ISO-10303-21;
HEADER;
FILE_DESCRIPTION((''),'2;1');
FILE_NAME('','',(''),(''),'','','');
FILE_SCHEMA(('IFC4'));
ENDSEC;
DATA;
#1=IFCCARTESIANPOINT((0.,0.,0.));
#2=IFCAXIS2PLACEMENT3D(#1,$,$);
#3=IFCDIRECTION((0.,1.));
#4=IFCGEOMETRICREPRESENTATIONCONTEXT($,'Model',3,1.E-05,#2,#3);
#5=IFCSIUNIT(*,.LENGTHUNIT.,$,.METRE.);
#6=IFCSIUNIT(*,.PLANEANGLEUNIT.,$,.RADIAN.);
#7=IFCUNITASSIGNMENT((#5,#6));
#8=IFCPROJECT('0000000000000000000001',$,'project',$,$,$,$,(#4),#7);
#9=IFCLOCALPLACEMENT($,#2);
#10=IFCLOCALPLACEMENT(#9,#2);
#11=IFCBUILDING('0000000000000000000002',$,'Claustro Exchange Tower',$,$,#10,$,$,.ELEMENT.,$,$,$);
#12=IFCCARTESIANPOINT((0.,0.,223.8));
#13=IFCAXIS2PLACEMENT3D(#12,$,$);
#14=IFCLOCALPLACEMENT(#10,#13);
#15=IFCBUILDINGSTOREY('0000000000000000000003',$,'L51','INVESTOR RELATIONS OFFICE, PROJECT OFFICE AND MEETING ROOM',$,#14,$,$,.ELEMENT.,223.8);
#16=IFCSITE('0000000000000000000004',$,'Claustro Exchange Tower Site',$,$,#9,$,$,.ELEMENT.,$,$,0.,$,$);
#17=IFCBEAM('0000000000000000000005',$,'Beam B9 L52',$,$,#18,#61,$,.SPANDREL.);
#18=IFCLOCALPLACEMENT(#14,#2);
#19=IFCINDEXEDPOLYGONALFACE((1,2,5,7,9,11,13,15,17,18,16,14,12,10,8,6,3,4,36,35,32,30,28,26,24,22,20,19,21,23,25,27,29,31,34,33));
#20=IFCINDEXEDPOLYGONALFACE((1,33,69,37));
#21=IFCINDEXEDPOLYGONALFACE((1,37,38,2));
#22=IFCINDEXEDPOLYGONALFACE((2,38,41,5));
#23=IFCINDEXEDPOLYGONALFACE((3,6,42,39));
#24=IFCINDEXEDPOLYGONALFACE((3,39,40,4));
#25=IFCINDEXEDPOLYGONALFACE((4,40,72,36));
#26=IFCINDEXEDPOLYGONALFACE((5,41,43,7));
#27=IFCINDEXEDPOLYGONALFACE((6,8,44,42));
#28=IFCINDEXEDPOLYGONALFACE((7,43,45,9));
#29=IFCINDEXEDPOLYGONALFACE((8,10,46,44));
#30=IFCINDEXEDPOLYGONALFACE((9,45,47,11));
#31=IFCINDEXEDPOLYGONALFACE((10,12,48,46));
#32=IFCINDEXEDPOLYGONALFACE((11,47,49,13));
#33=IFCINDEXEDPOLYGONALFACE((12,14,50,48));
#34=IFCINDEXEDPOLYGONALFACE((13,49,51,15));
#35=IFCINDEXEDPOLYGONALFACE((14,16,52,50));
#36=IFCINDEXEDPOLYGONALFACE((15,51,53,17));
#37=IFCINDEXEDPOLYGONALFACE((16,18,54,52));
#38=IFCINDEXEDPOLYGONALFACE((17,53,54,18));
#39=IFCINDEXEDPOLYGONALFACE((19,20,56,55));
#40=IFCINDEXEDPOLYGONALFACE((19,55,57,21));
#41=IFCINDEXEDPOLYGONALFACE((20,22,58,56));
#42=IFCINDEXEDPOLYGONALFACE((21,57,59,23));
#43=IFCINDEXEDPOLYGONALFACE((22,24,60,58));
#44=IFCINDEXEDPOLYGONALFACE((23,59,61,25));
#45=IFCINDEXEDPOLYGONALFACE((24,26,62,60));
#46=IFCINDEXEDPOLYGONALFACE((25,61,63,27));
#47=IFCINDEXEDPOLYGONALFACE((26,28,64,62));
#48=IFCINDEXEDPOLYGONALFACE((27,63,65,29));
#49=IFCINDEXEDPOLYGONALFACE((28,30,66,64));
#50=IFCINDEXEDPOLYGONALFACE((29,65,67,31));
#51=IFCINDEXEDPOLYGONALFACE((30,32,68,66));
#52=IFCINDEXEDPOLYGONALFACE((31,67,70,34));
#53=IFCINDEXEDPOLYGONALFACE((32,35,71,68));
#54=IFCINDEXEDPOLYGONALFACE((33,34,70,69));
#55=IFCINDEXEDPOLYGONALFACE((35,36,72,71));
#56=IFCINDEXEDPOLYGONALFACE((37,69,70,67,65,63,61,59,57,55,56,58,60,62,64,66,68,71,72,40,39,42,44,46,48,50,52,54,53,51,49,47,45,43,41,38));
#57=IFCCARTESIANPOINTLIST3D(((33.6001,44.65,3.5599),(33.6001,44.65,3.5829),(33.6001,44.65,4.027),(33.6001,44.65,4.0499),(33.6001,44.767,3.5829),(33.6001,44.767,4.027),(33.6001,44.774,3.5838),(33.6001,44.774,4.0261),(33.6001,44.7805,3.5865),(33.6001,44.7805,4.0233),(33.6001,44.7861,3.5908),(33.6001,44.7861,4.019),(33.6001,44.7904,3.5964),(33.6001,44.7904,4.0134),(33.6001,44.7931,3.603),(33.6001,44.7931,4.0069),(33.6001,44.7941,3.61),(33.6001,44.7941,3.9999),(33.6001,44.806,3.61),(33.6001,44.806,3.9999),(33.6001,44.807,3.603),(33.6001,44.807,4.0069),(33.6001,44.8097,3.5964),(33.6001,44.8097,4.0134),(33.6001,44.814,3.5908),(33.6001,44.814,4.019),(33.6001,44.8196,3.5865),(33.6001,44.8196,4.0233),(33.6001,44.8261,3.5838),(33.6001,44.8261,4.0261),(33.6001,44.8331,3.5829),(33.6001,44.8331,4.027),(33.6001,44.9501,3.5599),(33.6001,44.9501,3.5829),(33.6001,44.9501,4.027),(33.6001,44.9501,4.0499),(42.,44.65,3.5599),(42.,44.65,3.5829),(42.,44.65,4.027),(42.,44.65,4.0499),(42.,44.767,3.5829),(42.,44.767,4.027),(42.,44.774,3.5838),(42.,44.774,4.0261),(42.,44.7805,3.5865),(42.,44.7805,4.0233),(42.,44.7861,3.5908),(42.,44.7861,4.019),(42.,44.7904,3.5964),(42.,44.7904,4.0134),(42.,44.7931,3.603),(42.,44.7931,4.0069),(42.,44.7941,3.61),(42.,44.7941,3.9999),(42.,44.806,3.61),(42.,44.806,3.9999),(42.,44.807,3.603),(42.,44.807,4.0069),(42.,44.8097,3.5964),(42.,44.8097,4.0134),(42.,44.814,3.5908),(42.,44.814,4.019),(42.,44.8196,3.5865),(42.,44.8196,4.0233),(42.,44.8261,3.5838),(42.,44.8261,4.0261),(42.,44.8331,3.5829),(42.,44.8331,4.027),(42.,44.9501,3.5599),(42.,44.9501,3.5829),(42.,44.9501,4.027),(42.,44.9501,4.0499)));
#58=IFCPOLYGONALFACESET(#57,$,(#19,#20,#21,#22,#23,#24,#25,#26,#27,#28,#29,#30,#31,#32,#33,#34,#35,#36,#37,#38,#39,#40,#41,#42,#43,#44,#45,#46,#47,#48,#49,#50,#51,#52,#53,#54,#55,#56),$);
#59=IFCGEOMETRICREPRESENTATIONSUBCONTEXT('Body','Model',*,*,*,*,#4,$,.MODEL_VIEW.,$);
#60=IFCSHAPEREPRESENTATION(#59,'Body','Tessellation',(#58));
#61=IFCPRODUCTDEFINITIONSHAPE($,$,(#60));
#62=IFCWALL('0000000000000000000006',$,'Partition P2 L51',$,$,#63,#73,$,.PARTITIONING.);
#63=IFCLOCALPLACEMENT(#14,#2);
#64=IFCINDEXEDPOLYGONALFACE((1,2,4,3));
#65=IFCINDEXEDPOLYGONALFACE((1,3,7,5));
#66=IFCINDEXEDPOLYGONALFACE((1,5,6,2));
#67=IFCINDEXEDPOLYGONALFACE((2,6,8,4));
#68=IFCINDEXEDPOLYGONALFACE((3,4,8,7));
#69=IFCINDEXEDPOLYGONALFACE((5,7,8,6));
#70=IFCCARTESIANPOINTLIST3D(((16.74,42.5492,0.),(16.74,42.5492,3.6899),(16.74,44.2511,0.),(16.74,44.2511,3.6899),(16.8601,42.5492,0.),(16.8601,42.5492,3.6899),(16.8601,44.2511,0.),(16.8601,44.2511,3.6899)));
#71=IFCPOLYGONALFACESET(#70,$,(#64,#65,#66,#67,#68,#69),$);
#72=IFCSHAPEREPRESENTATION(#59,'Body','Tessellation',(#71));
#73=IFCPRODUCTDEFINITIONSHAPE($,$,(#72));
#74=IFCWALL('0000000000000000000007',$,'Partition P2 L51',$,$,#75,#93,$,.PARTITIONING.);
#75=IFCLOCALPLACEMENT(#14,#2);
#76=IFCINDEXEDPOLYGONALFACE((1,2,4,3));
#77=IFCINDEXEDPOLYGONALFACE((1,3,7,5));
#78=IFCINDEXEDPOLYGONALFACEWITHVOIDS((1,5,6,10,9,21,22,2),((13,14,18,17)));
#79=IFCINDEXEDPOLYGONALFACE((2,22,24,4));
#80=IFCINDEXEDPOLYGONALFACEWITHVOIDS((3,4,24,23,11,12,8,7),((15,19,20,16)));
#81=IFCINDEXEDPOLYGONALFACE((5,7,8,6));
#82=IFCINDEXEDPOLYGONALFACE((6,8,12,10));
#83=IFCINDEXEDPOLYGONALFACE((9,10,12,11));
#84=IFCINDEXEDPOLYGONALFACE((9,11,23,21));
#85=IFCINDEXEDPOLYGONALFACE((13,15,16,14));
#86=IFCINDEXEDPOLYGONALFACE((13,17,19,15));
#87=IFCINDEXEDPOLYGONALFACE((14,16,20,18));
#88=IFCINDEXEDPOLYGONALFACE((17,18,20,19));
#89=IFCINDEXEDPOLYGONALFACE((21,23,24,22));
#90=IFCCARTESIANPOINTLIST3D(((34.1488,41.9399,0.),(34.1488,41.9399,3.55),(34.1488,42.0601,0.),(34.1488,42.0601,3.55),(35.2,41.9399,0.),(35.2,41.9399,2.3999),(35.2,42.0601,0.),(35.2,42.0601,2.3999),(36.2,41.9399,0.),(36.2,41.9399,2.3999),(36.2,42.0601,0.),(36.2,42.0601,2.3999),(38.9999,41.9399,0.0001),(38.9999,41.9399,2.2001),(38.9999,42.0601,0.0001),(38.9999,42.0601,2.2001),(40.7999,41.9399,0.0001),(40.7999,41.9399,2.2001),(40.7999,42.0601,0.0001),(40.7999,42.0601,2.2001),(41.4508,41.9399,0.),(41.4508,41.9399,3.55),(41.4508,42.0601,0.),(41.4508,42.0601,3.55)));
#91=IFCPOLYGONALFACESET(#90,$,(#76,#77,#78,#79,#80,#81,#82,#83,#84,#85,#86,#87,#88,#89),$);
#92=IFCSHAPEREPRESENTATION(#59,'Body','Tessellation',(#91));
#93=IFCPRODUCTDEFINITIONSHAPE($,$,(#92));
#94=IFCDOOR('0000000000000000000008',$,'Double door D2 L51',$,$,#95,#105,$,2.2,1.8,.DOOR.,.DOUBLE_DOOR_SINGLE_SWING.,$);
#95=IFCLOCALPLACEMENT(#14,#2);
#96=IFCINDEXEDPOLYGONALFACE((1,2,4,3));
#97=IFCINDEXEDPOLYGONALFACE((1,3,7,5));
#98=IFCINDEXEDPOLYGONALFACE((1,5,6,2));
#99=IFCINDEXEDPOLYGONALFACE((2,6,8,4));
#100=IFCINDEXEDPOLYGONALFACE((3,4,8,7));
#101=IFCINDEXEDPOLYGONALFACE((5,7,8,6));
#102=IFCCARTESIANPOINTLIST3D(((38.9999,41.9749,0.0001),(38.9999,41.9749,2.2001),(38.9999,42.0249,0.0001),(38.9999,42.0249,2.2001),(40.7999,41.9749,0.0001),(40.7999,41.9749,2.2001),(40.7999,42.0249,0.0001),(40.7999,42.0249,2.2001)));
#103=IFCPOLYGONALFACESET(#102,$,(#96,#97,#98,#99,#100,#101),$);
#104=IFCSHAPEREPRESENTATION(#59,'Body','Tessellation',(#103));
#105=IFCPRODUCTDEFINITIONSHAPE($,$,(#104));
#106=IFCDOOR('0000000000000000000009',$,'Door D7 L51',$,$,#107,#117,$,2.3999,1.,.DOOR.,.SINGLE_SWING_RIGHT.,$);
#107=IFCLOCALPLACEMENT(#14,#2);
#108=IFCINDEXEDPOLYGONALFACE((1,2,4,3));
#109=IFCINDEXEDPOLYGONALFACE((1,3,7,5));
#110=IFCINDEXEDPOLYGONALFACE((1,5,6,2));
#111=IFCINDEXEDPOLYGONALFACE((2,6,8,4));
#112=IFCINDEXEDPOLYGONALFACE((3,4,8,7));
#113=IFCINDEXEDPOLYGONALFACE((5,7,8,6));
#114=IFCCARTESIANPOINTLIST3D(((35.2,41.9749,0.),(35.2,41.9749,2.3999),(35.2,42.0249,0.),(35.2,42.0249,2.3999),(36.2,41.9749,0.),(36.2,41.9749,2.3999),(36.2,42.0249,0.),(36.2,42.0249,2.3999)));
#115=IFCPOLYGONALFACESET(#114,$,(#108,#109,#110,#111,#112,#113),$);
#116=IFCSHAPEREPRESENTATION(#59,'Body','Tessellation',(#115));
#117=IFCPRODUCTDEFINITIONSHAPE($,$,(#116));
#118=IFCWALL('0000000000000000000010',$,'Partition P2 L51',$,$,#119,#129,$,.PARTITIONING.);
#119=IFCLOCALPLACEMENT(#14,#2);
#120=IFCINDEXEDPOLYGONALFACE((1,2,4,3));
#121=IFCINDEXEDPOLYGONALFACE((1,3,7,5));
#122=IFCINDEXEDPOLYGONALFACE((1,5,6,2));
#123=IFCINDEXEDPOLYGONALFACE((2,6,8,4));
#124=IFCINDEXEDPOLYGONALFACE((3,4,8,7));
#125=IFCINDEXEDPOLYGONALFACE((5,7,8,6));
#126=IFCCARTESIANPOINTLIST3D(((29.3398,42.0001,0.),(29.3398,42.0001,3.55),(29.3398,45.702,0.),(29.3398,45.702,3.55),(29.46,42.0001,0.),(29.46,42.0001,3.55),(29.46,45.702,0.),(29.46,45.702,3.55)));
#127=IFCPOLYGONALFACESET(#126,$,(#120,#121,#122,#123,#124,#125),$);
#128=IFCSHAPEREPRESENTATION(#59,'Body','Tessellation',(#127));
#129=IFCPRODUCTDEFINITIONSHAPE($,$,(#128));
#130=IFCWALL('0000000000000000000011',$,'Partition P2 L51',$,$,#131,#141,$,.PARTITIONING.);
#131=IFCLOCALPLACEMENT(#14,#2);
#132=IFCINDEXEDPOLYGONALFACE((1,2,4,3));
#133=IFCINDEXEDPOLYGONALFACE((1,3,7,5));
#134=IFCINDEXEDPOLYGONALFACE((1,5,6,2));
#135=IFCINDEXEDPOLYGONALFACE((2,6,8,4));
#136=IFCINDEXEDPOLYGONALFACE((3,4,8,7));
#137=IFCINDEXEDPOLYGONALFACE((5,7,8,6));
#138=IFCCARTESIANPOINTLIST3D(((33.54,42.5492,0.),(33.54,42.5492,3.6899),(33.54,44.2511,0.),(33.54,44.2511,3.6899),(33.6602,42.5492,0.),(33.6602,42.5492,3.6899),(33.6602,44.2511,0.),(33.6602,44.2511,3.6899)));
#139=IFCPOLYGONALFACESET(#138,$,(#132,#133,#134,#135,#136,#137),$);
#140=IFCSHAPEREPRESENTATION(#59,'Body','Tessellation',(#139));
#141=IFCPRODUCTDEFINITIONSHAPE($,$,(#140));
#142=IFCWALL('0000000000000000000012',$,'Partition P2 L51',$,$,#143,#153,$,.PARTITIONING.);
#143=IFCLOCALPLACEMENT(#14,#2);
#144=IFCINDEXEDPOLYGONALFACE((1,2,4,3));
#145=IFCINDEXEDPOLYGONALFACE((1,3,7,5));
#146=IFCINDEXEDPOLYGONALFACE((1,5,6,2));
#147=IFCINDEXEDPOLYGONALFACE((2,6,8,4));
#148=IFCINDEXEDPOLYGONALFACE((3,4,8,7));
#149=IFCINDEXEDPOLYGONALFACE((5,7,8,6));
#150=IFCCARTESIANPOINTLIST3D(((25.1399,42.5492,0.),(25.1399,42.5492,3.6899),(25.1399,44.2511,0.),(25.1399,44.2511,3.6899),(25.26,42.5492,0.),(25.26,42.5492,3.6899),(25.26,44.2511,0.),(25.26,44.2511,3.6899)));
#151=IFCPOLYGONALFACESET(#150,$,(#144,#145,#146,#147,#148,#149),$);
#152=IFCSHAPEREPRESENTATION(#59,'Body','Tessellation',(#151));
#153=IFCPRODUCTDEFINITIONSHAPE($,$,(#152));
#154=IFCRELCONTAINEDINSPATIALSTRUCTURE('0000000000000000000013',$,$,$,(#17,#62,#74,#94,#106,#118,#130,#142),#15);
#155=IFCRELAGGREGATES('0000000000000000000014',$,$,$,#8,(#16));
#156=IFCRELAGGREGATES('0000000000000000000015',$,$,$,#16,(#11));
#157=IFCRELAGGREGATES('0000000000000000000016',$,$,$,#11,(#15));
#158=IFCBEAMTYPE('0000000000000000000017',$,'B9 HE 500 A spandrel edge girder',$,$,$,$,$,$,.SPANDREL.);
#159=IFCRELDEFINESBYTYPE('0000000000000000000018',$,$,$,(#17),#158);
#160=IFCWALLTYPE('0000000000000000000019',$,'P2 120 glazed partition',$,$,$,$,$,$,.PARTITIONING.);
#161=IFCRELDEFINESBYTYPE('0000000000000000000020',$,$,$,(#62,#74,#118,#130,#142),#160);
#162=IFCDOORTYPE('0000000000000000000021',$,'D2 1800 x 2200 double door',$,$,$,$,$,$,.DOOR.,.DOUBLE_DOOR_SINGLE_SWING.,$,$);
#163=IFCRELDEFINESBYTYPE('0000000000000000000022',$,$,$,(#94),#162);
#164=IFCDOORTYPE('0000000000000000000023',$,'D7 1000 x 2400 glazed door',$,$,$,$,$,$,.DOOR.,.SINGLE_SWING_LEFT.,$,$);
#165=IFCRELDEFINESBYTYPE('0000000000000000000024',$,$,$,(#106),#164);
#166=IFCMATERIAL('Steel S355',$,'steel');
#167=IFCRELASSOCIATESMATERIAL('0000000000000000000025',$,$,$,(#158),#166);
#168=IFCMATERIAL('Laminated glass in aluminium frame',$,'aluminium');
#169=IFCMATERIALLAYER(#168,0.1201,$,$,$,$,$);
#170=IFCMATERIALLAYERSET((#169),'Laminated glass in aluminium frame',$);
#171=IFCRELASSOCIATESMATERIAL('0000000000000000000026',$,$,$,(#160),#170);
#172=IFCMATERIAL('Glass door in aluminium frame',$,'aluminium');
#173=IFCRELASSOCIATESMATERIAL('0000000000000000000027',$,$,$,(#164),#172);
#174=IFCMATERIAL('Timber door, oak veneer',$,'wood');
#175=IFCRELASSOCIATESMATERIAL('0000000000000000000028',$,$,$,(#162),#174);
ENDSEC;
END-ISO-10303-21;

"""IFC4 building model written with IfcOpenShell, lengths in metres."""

from ifc_helpers import new_model, si_unit, direction, frame, frame_2d, origin, origin_2d, place, context, subcontext, project, spatial, rectangle, i_section, extrude, material, layer, layer_set, material_profile, profile_set, type_object, element, fill, save


model = new_model("IFC4")

# Units and contexts
model_context = context("Model", 3, precision=1e-05, world=origin(), true_north=direction((0.0, 1.0)))
body_context = subcontext(model_context, "Body", "Model", "MODEL_VIEW")
ifc_project = project(units=[si_unit("LENGTHUNIT", "METRE"), si_unit("PLANEANGLEUNIT", "RADIAN")], contexts=[model_context])

# Site, building, storey
site_placement = place(None, origin())
site = spatial("IfcSite", under=ifc_project, at=site_placement, Name="Claustro Exchange Tower Site", CompositionType="ELEMENT", RefElevation=0.0)
building_placement = place(site_placement, origin())
building = spatial("IfcBuilding", under=site, at=building_placement, Name="Claustro Exchange Tower", CompositionType="ELEMENT")
storey_placement = place(building_placement, frame((0.0, 0.0, 223.8)))
storey = spatial("IfcBuildingStorey", under=building, at=storey_placement, Name="L51", Description="INVESTOR RELATIONS OFFICE, PROJECT OFFICE AND MEETING ROOM", CompositionType="ELEMENT", Elevation=223.8)

# Beam
ifc_material_1 = material(Name="Steel S355", Category="steel")
ifc_material_profile_1 = material_profile(ifc_material_1, i_section(OverallWidth=0.3, OverallDepth=0.49, WebThickness=0.012, FlangeThickness=0.0229, FilletRadius=0.0271, at=origin_2d()), Name="HE 500 A")
ifc_profile_set_1 = profile_set([ifc_material_profile_1], Name="Steel S355")
beam_type_1 = type_object("IfcBeamType", Name="B9 HE 500 A spandrel edge girder", PredefinedType="SPANDREL", material=ifc_profile_set_1)
beam_1_placement = place(storey_placement, frame((33.6001, 44.8, 3.8049), z_axis=(1.0, 0.0, 0.0), x_axis=(0.0, 1.0, 0.0)))
element("IfcBeam", 1, at=beam_1_placement, inside=storey, type_object=beam_type_1, Name="Beam B9 L52", PredefinedType="SPANDREL", context=body_context, shape_type="SweptSolid", body=[
    extrude(i_section(OverallWidth=0.3, OverallDepth=0.49, WebThickness=0.012, FlangeThickness=0.0229, FilletRadius=0.0271, at=origin_2d()), origin(), (0.0, 0.0, 1.0), 8.3999),
])

# Wall
ifc_material_2 = material(Name="Laminated glass in aluminium frame", Category="aluminium")
ifc_layer_1 = layer(ifc_material_2, 0.1201)
ifc_layer_set_1 = layer_set([ifc_layer_1], Name="Laminated glass in aluminium frame")
wall_type_1 = type_object("IfcWallType", Name="P2 120 glazed partition", PredefinedType="PARTITIONING", material=ifc_layer_set_1)
wall_1_placement = place(storey_placement, frame((16.8, 42.5491, 0.0), z_axis=(0.0, 0.0, 1.0), x_axis=(0.0, 1.0, 0.0)))
element("IfcWall", 2, at=wall_1_placement, inside=storey, type_object=wall_type_1, Name="Partition P2 L51", PredefinedType="PARTITIONING", context=body_context, shape_type="SweptSolid", body=[
    extrude(rectangle(XDim=1.7019, YDim=0.1201, at=frame_2d((0.8511, 0.0))), origin(), (0.0, 0.0, 1.0), 3.6899),
])

# Shared definitions
ifc_material_3 = material(Name="Glass door in aluminium frame", Category="aluminium")
door_type_1 = type_object("IfcDoorType", Name="D7 1000 x 2400 glazed door", OperationType="SINGLE_SWING_LEFT", PredefinedType="DOOR", material=ifc_material_3)

# Wall, openings, doors
wall_2_placement = place(storey_placement, frame((34.1489, 42.0, 0.0), z_axis=(0.0, 0.0, 1.0), x_axis=(1.0, 0.0, 0.0)))
wall_2 = element("IfcWall", 3, at=wall_2_placement, inside=storey, type_object=wall_type_1, Name="Partition P2 L51", PredefinedType="PARTITIONING", context=body_context, shape_type="SweptSolid", body=[
    extrude(rectangle(XDim=7.302, YDim=0.1201, at=frame_2d((3.6509, 0.0))), origin(), (0.0, 0.0, 1.0), 3.55),
])
opening_1_placement = place(wall_2_placement, frame((1.051, 0.0, 0.0)))
opening_1 = element("IfcOpeningElement", 4, at=opening_1_placement, cuts=wall_2, PredefinedType="OPENING", context=body_context, shape_type="SweptSolid", body=[
    extrude(rectangle(XDim=1.0, YDim=2.3999, at=frame_2d((0.5, 1.2))), frame((0.0, 0.0701, 0.0), z_axis=(0.0, -1.0, 0.0), x_axis=(1.0, 0.0, 0.0)), (0.0, 0.0, 1.0), 0.1401),
])
opening_2_placement = place(wall_2_placement, frame((4.8511, 0.0, 0.0)))
opening_2 = element("IfcOpeningElement", 5, at=opening_2_placement, cuts=wall_2, PredefinedType="OPENING", context=body_context, shape_type="SweptSolid", body=[
    extrude(rectangle(XDim=1.8, YDim=2.2, at=frame_2d((0.8999, 1.1001))), frame((0.0, 0.0701, 0.0), z_axis=(0.0, -1.0, 0.0), x_axis=(1.0, 0.0, 0.0)), (0.0, 0.0, 1.0), 0.1401),
])
ifc_material_4 = material(Name="Timber door, oak veneer", Category="wood")
door_type_2 = type_object("IfcDoorType", Name="D2 1800 x 2200 double door", OperationType="DOUBLE_DOOR_SINGLE_SWING", PredefinedType="DOOR", material=ifc_material_4)
door_1_placement = place(opening_2_placement, origin())
door_1 = element("IfcDoor", 6, at=door_1_placement, inside=storey, type_object=door_type_2, Name="Double door D2 L51", OperationType="DOUBLE_DOOR_SINGLE_SWING", OverallHeight=2.2, OverallWidth=1.8, PredefinedType="DOOR", context=body_context, shape_type="SweptSolid", body=[
    extrude(rectangle(XDim=1.8, YDim=2.2, at=frame_2d((0.8999, 1.1001))), frame((0.0, 0.0249, 0.0), z_axis=(0.0, -1.0, 0.0), x_axis=(1.0, 0.0, 0.0)), (0.0, 0.0, 1.0), 0.05),
])
fill(opening_2, door_1)
door_2_placement = place(opening_1_placement, origin())
door_2 = element("IfcDoor", 7, at=door_2_placement, inside=storey, type_object=door_type_1, Name="Door D7 L51", OperationType="SINGLE_SWING_RIGHT", OverallHeight=2.3999, OverallWidth=1.0, PredefinedType="DOOR", context=body_context, shape_type="SweptSolid", body=[
    extrude(rectangle(XDim=1.0, YDim=2.3999, at=frame_2d((0.5, 1.2))), frame((0.0, 0.0249, 0.0), z_axis=(0.0, -1.0, 0.0), x_axis=(1.0, 0.0, 0.0)), (0.0, 0.0, 1.0), 0.05),
])
fill(opening_1, door_2)

# Walls
wall_3_placement = place(storey_placement, frame((29.3999, 42.0, 0.0), z_axis=(0.0, 0.0, 1.0), x_axis=(0.0, 1.0, 0.0)))
element("IfcWall", 8, at=wall_3_placement, inside=storey, type_object=wall_type_1, Name="Partition P2 L51", PredefinedType="PARTITIONING", context=body_context, shape_type="SweptSolid", body=[
    extrude(rectangle(XDim=3.7019, YDim=0.1201, at=frame_2d((1.8511, 0.0))), origin(), (0.0, 0.0, 1.0), 3.55),
])
for number, where, z_axis, x_axis, name in (
    (9, (33.6001, 42.5491, 0.0), (0.0, 0.0, 1.0), (0.0, 1.0, 0.0), "Partition P2 L51"),
    (10, (25.2, 42.5491, 0.0), (0.0, 0.0, 1.0), (0.0, 1.0, 0.0), "Partition P2 L51"),
):
    element("IfcWall", number, at=place(storey_placement, frame(where, z_axis=z_axis, x_axis=x_axis)), inside=storey, type_object=wall_type_1, Name=name, PredefinedType="PARTITIONING", context=body_context, shape_type="SweptSolid", body=[
        extrude(rectangle(XDim=1.7019, YDim=0.1201, at=frame_2d((0.8511, 0.0))), origin(), (0.0, 0.0, 1.0), 3.6899),
    ])

save(model, "model.ifc")
